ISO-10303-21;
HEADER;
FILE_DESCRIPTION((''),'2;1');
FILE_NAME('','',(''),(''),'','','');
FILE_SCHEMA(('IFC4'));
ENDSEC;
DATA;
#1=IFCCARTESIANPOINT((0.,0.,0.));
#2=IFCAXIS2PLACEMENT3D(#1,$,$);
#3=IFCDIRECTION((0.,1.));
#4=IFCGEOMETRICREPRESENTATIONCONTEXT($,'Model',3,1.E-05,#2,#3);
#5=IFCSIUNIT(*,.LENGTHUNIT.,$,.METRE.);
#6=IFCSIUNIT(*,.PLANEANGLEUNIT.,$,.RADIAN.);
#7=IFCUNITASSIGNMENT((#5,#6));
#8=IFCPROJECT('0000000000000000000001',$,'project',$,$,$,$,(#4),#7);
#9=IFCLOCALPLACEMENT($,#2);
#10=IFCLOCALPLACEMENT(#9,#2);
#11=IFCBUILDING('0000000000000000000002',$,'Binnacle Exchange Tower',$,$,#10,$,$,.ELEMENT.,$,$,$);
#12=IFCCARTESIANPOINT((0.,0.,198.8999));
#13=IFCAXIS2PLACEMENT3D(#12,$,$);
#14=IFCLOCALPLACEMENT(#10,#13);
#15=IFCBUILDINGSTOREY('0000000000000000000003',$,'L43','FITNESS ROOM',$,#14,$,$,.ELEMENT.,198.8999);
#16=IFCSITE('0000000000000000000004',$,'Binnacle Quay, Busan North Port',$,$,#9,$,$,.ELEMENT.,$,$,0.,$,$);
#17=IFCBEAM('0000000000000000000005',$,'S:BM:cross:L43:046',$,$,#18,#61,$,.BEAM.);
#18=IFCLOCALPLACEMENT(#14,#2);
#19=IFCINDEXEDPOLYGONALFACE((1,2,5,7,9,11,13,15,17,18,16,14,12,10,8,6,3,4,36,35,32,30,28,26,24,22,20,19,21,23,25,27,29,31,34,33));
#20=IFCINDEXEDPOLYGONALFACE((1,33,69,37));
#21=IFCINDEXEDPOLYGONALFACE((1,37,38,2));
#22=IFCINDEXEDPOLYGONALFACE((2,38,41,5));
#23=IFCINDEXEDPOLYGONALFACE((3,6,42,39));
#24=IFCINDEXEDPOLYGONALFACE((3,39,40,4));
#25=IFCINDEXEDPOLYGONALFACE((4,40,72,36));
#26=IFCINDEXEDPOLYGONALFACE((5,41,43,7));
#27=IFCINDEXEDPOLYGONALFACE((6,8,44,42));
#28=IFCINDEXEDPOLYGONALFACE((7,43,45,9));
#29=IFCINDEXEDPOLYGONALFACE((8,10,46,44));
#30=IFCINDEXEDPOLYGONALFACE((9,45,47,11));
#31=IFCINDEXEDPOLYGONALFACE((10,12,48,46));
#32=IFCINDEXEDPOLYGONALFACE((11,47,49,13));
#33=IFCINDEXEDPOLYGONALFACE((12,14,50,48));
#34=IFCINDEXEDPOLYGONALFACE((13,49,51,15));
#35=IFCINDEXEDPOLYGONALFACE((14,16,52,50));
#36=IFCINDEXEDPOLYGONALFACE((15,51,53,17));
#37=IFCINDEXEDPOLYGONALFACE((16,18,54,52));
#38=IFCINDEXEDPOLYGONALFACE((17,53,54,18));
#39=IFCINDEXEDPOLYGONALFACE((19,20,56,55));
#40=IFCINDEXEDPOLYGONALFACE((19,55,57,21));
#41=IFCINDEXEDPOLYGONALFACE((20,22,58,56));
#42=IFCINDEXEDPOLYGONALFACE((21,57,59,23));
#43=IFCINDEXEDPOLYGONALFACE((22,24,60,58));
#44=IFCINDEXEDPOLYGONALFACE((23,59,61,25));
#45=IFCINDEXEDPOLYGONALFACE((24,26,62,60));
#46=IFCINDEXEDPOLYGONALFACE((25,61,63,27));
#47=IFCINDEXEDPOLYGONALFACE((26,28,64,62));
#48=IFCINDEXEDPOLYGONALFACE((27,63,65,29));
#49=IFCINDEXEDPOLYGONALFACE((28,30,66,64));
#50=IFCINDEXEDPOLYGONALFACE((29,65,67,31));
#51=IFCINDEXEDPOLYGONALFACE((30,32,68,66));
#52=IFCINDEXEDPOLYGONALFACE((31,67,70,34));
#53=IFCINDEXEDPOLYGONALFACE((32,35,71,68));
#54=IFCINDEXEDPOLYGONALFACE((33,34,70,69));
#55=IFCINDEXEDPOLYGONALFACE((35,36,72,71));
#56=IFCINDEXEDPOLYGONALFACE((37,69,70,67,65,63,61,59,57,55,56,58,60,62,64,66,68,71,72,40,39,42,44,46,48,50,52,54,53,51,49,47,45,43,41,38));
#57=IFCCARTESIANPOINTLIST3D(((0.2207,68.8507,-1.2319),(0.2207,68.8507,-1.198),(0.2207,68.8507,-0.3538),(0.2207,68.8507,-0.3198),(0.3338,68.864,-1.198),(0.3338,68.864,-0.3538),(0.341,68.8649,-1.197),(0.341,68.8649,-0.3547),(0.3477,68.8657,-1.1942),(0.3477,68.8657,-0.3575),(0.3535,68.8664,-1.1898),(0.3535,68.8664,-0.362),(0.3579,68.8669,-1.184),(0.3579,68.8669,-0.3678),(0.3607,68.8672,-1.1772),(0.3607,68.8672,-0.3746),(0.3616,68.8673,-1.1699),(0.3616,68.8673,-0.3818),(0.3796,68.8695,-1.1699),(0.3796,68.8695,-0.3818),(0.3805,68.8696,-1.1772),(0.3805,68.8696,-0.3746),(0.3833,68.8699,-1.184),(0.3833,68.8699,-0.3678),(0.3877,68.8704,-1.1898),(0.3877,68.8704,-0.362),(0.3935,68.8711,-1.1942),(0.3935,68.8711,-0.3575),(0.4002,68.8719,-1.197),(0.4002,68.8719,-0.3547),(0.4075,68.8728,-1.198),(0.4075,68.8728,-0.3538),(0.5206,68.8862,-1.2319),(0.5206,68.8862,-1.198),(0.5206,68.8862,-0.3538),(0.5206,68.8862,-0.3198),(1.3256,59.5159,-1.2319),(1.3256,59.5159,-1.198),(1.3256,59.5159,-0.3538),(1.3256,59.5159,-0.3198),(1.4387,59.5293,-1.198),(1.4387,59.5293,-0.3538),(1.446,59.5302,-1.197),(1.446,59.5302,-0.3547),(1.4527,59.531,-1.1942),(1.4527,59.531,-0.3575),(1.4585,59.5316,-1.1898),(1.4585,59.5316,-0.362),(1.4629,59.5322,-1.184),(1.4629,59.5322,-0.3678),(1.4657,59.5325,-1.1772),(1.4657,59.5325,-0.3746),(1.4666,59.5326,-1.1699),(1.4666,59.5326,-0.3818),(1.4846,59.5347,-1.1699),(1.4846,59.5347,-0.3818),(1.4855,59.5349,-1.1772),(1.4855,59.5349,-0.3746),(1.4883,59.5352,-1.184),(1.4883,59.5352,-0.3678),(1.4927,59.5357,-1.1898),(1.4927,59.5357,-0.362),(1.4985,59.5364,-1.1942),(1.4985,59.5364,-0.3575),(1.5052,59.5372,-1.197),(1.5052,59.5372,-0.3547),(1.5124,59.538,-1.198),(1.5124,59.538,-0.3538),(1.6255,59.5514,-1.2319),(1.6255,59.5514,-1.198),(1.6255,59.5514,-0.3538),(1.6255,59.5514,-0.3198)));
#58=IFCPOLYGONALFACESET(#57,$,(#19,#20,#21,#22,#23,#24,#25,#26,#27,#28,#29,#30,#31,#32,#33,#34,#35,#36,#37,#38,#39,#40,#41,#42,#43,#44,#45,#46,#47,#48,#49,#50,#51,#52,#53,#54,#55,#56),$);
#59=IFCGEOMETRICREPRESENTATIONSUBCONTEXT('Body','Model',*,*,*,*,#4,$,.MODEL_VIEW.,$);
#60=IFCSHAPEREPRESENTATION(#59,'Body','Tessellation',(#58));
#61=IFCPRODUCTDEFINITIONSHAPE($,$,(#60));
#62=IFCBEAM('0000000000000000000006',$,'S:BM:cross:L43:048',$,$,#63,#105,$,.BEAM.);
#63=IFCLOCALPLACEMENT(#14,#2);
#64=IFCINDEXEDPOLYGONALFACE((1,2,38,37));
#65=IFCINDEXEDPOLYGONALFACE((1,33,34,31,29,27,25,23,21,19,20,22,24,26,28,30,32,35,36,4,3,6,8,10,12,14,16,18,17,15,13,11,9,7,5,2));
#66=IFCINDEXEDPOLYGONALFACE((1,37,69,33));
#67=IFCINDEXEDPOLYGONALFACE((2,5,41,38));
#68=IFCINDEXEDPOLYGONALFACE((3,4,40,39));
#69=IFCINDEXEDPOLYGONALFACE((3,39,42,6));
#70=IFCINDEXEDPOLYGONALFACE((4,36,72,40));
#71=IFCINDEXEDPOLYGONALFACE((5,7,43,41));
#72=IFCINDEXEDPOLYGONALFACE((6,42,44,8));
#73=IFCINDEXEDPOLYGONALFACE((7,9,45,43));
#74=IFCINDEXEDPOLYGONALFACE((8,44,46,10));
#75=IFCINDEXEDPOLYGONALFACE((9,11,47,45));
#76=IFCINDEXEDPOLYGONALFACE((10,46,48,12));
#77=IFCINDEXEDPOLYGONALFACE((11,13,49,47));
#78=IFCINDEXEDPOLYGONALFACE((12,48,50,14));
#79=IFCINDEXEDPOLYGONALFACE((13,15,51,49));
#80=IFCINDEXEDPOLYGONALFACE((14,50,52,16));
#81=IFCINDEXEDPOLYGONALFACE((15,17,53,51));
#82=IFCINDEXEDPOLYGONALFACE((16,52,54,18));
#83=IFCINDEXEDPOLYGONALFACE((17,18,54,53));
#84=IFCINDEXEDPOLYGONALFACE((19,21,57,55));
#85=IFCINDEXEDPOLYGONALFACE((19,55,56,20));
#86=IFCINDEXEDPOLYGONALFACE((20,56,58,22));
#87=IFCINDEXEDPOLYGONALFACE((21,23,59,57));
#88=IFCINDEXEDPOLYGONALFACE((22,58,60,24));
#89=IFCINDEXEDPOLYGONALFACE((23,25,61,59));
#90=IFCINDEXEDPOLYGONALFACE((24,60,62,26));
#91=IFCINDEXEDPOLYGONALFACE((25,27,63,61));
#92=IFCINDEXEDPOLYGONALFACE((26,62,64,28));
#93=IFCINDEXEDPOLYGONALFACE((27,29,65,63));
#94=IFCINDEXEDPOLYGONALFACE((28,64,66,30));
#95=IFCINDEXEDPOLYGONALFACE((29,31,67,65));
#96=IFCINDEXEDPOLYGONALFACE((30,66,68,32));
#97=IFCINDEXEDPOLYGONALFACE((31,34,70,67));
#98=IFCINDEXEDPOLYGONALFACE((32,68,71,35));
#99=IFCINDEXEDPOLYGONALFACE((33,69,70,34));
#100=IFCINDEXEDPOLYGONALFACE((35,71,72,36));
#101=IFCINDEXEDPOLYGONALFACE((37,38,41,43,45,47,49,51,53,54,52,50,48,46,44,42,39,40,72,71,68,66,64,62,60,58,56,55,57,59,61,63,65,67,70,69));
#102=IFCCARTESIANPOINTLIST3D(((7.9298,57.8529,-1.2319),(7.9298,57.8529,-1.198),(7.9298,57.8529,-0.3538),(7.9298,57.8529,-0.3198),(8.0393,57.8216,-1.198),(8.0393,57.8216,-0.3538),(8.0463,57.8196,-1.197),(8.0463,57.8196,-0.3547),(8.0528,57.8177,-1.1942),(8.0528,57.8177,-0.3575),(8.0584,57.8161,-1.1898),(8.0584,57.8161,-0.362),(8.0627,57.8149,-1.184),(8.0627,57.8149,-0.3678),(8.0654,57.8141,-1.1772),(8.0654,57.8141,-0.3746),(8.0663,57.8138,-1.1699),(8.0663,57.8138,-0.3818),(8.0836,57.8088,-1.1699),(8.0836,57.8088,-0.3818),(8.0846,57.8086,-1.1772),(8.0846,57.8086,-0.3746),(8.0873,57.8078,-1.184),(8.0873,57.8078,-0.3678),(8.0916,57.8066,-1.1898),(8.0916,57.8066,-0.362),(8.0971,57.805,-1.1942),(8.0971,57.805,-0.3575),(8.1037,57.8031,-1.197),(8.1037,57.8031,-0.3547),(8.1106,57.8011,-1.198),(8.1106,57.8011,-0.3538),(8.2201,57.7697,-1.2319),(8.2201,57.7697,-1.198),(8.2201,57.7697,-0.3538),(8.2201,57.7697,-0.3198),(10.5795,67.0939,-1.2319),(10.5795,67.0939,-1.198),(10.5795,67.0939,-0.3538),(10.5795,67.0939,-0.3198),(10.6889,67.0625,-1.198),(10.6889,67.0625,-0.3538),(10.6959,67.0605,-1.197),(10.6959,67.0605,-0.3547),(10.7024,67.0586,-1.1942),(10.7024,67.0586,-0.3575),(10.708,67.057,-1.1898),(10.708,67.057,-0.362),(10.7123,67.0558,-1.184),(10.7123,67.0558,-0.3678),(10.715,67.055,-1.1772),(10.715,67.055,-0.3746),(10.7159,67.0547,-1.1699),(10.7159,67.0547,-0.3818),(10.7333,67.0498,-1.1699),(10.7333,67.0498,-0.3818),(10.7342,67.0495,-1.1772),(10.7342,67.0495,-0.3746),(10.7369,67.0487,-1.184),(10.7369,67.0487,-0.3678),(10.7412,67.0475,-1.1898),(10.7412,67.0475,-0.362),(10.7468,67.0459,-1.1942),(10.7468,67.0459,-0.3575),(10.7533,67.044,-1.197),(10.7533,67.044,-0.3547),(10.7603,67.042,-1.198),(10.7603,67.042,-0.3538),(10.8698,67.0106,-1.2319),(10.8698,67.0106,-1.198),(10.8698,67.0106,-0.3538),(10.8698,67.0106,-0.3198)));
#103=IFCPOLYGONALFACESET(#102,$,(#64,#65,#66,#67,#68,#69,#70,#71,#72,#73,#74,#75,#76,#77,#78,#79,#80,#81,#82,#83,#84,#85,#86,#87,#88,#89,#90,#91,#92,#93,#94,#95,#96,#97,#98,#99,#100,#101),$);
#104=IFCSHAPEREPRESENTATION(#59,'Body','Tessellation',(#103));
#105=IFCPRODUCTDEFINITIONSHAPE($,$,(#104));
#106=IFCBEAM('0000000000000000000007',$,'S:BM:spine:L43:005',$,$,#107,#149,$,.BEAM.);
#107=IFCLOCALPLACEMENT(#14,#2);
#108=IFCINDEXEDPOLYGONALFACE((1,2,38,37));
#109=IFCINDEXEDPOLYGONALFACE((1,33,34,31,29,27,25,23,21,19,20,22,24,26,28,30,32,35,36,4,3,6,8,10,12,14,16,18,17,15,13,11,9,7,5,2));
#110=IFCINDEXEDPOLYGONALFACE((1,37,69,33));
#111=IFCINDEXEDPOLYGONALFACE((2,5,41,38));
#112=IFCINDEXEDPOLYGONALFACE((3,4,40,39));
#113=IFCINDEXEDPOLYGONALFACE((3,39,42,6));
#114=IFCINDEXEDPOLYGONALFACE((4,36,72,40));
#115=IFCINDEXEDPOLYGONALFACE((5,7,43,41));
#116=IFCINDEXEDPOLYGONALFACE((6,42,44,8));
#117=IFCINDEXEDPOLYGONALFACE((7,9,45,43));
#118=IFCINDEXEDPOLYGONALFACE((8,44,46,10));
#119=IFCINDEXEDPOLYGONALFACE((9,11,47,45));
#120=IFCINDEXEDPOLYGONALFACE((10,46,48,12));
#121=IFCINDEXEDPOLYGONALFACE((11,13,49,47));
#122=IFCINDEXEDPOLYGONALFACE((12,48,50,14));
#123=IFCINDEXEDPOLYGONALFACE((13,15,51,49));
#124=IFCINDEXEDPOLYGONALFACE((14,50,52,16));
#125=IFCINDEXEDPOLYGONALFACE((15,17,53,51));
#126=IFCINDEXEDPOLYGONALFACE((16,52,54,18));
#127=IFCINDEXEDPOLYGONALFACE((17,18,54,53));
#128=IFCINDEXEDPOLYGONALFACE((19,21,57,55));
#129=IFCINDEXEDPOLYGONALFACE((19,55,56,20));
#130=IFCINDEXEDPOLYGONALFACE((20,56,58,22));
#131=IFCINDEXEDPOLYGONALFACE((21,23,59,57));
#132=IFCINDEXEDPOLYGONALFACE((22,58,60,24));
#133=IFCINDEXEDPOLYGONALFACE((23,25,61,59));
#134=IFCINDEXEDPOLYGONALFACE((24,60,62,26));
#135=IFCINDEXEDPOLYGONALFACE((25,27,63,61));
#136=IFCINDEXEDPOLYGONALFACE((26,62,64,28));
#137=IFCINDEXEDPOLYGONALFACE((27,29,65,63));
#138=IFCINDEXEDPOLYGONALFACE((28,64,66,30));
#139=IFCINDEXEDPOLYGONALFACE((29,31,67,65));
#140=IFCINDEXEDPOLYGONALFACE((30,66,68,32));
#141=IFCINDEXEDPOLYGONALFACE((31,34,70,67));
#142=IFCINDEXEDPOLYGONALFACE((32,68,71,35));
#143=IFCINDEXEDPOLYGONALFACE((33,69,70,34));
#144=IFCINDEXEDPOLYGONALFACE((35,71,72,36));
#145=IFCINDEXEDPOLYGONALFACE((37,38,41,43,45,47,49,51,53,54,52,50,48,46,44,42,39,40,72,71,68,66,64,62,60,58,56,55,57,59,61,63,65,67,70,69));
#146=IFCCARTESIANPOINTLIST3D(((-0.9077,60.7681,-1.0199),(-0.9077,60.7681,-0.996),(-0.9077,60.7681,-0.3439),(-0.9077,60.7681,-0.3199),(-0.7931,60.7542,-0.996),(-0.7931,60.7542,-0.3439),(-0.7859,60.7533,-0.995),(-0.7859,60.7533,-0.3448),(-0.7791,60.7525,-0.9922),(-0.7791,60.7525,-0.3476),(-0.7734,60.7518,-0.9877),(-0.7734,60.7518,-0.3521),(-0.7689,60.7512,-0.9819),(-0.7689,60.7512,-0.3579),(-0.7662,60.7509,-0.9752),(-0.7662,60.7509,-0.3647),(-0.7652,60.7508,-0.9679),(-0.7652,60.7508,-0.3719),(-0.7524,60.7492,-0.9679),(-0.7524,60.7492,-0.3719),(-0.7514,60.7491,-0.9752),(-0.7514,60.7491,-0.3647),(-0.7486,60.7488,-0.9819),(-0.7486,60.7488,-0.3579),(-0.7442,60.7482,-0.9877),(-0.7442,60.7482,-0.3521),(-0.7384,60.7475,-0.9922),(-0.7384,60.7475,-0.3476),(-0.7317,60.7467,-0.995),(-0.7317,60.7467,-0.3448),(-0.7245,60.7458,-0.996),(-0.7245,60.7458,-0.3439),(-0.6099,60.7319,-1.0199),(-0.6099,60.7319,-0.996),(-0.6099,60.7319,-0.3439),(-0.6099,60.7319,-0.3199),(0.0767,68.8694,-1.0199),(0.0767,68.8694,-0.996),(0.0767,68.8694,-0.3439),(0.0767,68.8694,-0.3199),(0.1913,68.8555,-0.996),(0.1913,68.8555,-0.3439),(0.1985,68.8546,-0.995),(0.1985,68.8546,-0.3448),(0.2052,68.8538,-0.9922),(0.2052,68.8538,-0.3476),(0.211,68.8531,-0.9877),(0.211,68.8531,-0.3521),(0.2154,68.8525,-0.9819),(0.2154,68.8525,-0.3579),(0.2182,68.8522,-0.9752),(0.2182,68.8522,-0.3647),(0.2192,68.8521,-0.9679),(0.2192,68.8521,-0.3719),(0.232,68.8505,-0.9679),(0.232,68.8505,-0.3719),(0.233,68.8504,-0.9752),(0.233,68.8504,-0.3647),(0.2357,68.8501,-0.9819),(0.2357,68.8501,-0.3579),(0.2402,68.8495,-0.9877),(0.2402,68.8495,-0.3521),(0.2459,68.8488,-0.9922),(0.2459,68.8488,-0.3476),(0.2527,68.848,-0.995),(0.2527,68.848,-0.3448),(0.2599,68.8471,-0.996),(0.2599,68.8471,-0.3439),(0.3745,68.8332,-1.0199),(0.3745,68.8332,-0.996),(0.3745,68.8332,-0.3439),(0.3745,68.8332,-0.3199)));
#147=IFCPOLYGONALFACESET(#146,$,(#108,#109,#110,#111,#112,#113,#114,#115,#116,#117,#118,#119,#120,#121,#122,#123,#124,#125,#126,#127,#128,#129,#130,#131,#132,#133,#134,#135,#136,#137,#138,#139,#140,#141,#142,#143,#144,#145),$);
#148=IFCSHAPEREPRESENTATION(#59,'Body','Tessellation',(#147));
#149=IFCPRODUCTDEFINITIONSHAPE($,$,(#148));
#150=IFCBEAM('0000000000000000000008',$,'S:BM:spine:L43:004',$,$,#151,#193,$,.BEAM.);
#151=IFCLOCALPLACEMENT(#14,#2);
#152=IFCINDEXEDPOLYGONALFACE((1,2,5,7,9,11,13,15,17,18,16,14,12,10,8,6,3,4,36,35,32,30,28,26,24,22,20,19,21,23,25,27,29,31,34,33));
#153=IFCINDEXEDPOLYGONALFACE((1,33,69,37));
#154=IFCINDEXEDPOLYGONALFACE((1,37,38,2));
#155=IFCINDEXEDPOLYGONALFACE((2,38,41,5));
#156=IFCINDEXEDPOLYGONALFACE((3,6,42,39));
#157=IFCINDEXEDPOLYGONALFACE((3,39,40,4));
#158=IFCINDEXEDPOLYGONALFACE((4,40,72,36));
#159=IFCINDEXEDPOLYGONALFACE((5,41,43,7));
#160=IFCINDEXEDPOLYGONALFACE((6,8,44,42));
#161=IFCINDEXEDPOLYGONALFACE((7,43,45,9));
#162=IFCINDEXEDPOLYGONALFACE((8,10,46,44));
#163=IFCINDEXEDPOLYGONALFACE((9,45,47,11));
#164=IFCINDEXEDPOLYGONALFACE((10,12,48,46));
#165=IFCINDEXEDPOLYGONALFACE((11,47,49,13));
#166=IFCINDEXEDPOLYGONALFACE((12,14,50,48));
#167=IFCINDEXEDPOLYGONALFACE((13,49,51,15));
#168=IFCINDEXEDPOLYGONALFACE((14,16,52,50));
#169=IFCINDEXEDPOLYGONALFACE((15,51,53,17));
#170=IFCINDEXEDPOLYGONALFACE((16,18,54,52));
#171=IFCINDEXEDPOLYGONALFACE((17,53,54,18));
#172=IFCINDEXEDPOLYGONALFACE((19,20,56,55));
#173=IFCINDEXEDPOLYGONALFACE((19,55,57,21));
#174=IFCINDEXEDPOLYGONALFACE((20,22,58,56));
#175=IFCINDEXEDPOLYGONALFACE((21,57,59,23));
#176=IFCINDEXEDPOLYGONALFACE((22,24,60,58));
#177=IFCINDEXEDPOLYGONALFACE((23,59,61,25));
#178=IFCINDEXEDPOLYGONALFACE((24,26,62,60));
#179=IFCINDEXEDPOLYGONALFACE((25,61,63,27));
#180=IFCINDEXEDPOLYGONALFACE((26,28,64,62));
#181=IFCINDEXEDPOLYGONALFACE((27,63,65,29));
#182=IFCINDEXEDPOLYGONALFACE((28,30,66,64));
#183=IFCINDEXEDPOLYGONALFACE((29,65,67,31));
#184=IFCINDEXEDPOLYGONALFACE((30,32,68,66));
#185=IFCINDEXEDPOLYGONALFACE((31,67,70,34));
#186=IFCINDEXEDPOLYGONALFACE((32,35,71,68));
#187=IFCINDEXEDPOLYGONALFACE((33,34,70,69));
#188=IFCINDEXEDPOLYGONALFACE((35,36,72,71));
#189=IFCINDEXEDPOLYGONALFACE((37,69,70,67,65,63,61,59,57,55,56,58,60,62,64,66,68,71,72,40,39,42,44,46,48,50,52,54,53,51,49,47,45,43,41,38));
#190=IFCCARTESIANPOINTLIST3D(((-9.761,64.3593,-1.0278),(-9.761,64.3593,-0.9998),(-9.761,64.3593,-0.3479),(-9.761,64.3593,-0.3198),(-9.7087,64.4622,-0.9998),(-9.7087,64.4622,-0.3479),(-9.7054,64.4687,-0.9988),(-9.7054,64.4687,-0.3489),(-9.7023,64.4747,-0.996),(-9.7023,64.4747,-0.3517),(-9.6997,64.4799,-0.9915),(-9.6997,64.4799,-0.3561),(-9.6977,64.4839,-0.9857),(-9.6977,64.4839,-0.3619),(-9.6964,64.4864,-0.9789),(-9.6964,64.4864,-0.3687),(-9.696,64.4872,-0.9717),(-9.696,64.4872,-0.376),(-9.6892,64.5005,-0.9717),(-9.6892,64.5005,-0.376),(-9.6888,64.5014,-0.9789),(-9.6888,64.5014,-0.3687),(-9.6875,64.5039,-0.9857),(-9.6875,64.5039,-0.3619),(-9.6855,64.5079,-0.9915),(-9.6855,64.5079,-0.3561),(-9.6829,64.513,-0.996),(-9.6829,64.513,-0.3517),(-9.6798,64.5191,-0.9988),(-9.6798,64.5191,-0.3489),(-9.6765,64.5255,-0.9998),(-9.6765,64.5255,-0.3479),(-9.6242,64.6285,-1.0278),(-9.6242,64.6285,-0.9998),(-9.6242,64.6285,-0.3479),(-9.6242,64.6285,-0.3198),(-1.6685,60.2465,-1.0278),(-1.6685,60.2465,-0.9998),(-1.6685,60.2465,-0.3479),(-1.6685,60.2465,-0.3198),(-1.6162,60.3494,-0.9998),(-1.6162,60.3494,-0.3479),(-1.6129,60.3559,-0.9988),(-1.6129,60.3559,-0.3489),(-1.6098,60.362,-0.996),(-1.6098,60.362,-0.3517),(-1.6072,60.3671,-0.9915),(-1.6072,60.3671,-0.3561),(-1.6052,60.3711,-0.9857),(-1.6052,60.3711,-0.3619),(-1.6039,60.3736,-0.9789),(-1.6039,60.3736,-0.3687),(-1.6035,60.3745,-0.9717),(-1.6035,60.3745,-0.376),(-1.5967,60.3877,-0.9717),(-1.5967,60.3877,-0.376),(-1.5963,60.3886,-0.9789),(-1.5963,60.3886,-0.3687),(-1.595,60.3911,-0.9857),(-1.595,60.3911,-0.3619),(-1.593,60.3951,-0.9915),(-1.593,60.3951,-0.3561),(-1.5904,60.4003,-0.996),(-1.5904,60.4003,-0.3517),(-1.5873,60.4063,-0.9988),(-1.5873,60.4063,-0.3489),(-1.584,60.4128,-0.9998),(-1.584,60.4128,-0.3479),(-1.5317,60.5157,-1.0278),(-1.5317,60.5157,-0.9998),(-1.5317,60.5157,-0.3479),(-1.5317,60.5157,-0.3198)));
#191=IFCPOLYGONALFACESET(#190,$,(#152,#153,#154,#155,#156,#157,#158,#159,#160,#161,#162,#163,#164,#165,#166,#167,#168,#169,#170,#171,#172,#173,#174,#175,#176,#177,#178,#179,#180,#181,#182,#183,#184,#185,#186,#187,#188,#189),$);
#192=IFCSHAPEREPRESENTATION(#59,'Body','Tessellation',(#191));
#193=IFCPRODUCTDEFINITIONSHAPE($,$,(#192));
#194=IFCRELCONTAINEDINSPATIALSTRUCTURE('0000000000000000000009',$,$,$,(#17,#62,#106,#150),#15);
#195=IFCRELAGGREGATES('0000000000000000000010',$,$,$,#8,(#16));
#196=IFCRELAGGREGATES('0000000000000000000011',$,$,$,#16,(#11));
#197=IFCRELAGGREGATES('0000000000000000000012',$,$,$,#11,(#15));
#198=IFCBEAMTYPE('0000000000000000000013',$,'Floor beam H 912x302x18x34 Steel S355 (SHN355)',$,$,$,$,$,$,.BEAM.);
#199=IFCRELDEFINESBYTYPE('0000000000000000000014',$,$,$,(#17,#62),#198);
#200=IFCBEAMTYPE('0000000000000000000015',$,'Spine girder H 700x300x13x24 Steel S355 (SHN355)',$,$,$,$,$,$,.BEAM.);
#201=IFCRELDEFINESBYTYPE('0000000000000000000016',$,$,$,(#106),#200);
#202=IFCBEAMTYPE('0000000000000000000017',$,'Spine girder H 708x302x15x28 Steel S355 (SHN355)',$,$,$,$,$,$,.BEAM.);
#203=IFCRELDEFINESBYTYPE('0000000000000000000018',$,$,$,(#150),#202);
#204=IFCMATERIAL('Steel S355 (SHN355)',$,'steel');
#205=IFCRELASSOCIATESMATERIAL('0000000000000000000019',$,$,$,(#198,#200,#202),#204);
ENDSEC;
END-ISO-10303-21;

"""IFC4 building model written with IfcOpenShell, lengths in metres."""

from ifc_helpers import new_model, si_unit, direction, frame, origin, origin_2d, place, context, subcontext, project, spatial, i_section, extrude, material, material_profile, profile_set, type_object, element, save


model = new_model("IFC4")

# Units and contexts
model_context = context("Model", 3, precision=1e-05, world=origin(), true_north=direction((0.0, 1.0)))
body_context = subcontext(model_context, "Body", "Model", "MODEL_VIEW")
ifc_project = project(units=[si_unit("LENGTHUNIT", "METRE"), si_unit("PLANEANGLEUNIT", "RADIAN")], contexts=[model_context])

# Site, building, storey
site_placement = place(None, origin())
site = spatial("IfcSite", under=ifc_project, at=site_placement, Name="Binnacle Quay, Busan North Port", CompositionType="ELEMENT", RefElevation=0.0)
building_placement = place(site_placement, origin())
building = spatial("IfcBuilding", under=site, at=building_placement, Name="Binnacle Exchange Tower", CompositionType="ELEMENT")
storey_placement = place(building_placement, frame((0.0, 0.0, 198.8999)))
storey = spatial("IfcBuildingStorey", under=building, at=storey_placement, Name="L43", Description="FITNESS ROOM", CompositionType="ELEMENT", Elevation=198.8999)

# Beams
ifc_material_1 = material(Name="Steel S355 (SHN355)", Category="steel")
ifc_material_profile_1 = material_profile(ifc_material_1, i_section(OverallWidth=0.302, OverallDepth=0.9121, WebThickness=0.0181, FlangeThickness=0.0339, FilletRadius=0.0281, at=origin_2d()), Name="H 912x302x18x34")
ifc_profile_set_1 = profile_set([ifc_material_profile_1], Name="Steel S355 (SHN355)")
beam_type_1 = type_object("IfcBeamType", Name="Floor beam H 912x302x18x34 Steel S355 (SHN355)", PredefinedType="BEAM", material=ifc_profile_set_1)
beam_1_placement = place(storey_placement, frame((0.3706, 68.8684, -0.7759), z_axis=(0.117552, -0.993067, 0.0), x_axis=(0.993067, 0.117552, 0.0)))
element("IfcBeam", 1, at=beam_1_placement, inside=storey, type_object=beam_type_1, Name="S:BM:cross:L43:046", PredefinedType="BEAM", context=body_context, shape_type="SweptSolid", body=[
    extrude(i_section(OverallWidth=0.302, OverallDepth=0.9121, WebThickness=0.0181, FlangeThickness=0.0339, FilletRadius=0.0281, at=origin_2d()), origin(), (0.0, 0.0, 1.0), 9.3999),
])
beam_2_placement = place(storey_placement, frame((10.7246, 67.0522, -0.7759), z_axis=(-0.275623, -0.961266, 0.0), x_axis=(0.961266, -0.275623, 0.0)))
element("IfcBeam", 2, at=beam_2_placement, inside=storey, type_object=beam_type_1, Name="S:BM:cross:L43:048", PredefinedType="BEAM", context=body_context, shape_type="SweptSolid", body=[
    extrude(i_section(OverallWidth=0.302, OverallDepth=0.9121, WebThickness=0.0181, FlangeThickness=0.0339, FilletRadius=0.0281, at=origin_2d()), origin(), (0.0, 0.0, 1.0), 9.6133),
])
ifc_material_profile_2 = material_profile(ifc_material_1, i_section(OverallWidth=0.3, OverallDepth=0.7, WebThickness=0.0129, FlangeThickness=0.0239, FilletRadius=0.0281, at=origin_2d()), Name="H 700x300x13x24")
ifc_profile_set_2 = profile_set([ifc_material_profile_2], Name="Steel S355 (SHN355)")
beam_type_2 = type_object("IfcBeamType", Name="Spine girder H 700x300x13x24 Steel S355 (SHN355)", PredefinedType="BEAM", material=ifc_profile_set_2)
beam_3_placement = place(storey_placement, frame((-0.7588, 60.75, -0.6699), z_axis=(0.120621, 0.992699, 0.0), x_axis=(-0.992699, 0.120621, 0.0)))
element("IfcBeam", 3, at=beam_3_placement, inside=storey, type_object=beam_type_2, Name="S:BM:spine:L43:005", PredefinedType="BEAM", context=body_context, shape_type="SweptSolid", body=[
    extrude(i_section(OverallWidth=0.3, OverallDepth=0.7, WebThickness=0.0129, FlangeThickness=0.0239, FilletRadius=0.0281, at=origin_2d()), origin(), (0.0, 0.0, 1.0), 8.1609),
])
ifc_material_profile_3 = material_profile(ifc_material_1, i_section(OverallWidth=0.302, OverallDepth=0.708, WebThickness=0.0149, FlangeThickness=0.0281, FilletRadius=0.0281, at=origin_2d()), Name="H 708x302x15x28")
ifc_profile_set_3 = profile_set([ifc_material_profile_3], Name="Steel S355 (SHN355)")
beam_type_3 = type_object("IfcBeamType", Name="Spine girder H 708x302x15x28 Steel S355 (SHN355)", PredefinedType="BEAM", material=ifc_profile_set_3)
beam_4_placement = place(storey_placement, frame((-1.6001, 60.3811, -0.6738), z_axis=(-0.891476, 0.453067, 0.0), x_axis=(-0.453067, -0.891476, 0.0)))
element("IfcBeam", 4, at=beam_4_placement, inside=storey, type_object=beam_type_3, Name="S:BM:spine:L43:004", PredefinedType="BEAM", context=body_context, shape_type="SweptSolid", body=[
    extrude(i_section(OverallWidth=0.302, OverallDepth=0.708, WebThickness=0.0149, FlangeThickness=0.0281, FilletRadius=0.0281, at=origin_2d()), origin(), (0.0, 0.0, 1.0), 9.0776),
])

save(model, "model.ifc")
